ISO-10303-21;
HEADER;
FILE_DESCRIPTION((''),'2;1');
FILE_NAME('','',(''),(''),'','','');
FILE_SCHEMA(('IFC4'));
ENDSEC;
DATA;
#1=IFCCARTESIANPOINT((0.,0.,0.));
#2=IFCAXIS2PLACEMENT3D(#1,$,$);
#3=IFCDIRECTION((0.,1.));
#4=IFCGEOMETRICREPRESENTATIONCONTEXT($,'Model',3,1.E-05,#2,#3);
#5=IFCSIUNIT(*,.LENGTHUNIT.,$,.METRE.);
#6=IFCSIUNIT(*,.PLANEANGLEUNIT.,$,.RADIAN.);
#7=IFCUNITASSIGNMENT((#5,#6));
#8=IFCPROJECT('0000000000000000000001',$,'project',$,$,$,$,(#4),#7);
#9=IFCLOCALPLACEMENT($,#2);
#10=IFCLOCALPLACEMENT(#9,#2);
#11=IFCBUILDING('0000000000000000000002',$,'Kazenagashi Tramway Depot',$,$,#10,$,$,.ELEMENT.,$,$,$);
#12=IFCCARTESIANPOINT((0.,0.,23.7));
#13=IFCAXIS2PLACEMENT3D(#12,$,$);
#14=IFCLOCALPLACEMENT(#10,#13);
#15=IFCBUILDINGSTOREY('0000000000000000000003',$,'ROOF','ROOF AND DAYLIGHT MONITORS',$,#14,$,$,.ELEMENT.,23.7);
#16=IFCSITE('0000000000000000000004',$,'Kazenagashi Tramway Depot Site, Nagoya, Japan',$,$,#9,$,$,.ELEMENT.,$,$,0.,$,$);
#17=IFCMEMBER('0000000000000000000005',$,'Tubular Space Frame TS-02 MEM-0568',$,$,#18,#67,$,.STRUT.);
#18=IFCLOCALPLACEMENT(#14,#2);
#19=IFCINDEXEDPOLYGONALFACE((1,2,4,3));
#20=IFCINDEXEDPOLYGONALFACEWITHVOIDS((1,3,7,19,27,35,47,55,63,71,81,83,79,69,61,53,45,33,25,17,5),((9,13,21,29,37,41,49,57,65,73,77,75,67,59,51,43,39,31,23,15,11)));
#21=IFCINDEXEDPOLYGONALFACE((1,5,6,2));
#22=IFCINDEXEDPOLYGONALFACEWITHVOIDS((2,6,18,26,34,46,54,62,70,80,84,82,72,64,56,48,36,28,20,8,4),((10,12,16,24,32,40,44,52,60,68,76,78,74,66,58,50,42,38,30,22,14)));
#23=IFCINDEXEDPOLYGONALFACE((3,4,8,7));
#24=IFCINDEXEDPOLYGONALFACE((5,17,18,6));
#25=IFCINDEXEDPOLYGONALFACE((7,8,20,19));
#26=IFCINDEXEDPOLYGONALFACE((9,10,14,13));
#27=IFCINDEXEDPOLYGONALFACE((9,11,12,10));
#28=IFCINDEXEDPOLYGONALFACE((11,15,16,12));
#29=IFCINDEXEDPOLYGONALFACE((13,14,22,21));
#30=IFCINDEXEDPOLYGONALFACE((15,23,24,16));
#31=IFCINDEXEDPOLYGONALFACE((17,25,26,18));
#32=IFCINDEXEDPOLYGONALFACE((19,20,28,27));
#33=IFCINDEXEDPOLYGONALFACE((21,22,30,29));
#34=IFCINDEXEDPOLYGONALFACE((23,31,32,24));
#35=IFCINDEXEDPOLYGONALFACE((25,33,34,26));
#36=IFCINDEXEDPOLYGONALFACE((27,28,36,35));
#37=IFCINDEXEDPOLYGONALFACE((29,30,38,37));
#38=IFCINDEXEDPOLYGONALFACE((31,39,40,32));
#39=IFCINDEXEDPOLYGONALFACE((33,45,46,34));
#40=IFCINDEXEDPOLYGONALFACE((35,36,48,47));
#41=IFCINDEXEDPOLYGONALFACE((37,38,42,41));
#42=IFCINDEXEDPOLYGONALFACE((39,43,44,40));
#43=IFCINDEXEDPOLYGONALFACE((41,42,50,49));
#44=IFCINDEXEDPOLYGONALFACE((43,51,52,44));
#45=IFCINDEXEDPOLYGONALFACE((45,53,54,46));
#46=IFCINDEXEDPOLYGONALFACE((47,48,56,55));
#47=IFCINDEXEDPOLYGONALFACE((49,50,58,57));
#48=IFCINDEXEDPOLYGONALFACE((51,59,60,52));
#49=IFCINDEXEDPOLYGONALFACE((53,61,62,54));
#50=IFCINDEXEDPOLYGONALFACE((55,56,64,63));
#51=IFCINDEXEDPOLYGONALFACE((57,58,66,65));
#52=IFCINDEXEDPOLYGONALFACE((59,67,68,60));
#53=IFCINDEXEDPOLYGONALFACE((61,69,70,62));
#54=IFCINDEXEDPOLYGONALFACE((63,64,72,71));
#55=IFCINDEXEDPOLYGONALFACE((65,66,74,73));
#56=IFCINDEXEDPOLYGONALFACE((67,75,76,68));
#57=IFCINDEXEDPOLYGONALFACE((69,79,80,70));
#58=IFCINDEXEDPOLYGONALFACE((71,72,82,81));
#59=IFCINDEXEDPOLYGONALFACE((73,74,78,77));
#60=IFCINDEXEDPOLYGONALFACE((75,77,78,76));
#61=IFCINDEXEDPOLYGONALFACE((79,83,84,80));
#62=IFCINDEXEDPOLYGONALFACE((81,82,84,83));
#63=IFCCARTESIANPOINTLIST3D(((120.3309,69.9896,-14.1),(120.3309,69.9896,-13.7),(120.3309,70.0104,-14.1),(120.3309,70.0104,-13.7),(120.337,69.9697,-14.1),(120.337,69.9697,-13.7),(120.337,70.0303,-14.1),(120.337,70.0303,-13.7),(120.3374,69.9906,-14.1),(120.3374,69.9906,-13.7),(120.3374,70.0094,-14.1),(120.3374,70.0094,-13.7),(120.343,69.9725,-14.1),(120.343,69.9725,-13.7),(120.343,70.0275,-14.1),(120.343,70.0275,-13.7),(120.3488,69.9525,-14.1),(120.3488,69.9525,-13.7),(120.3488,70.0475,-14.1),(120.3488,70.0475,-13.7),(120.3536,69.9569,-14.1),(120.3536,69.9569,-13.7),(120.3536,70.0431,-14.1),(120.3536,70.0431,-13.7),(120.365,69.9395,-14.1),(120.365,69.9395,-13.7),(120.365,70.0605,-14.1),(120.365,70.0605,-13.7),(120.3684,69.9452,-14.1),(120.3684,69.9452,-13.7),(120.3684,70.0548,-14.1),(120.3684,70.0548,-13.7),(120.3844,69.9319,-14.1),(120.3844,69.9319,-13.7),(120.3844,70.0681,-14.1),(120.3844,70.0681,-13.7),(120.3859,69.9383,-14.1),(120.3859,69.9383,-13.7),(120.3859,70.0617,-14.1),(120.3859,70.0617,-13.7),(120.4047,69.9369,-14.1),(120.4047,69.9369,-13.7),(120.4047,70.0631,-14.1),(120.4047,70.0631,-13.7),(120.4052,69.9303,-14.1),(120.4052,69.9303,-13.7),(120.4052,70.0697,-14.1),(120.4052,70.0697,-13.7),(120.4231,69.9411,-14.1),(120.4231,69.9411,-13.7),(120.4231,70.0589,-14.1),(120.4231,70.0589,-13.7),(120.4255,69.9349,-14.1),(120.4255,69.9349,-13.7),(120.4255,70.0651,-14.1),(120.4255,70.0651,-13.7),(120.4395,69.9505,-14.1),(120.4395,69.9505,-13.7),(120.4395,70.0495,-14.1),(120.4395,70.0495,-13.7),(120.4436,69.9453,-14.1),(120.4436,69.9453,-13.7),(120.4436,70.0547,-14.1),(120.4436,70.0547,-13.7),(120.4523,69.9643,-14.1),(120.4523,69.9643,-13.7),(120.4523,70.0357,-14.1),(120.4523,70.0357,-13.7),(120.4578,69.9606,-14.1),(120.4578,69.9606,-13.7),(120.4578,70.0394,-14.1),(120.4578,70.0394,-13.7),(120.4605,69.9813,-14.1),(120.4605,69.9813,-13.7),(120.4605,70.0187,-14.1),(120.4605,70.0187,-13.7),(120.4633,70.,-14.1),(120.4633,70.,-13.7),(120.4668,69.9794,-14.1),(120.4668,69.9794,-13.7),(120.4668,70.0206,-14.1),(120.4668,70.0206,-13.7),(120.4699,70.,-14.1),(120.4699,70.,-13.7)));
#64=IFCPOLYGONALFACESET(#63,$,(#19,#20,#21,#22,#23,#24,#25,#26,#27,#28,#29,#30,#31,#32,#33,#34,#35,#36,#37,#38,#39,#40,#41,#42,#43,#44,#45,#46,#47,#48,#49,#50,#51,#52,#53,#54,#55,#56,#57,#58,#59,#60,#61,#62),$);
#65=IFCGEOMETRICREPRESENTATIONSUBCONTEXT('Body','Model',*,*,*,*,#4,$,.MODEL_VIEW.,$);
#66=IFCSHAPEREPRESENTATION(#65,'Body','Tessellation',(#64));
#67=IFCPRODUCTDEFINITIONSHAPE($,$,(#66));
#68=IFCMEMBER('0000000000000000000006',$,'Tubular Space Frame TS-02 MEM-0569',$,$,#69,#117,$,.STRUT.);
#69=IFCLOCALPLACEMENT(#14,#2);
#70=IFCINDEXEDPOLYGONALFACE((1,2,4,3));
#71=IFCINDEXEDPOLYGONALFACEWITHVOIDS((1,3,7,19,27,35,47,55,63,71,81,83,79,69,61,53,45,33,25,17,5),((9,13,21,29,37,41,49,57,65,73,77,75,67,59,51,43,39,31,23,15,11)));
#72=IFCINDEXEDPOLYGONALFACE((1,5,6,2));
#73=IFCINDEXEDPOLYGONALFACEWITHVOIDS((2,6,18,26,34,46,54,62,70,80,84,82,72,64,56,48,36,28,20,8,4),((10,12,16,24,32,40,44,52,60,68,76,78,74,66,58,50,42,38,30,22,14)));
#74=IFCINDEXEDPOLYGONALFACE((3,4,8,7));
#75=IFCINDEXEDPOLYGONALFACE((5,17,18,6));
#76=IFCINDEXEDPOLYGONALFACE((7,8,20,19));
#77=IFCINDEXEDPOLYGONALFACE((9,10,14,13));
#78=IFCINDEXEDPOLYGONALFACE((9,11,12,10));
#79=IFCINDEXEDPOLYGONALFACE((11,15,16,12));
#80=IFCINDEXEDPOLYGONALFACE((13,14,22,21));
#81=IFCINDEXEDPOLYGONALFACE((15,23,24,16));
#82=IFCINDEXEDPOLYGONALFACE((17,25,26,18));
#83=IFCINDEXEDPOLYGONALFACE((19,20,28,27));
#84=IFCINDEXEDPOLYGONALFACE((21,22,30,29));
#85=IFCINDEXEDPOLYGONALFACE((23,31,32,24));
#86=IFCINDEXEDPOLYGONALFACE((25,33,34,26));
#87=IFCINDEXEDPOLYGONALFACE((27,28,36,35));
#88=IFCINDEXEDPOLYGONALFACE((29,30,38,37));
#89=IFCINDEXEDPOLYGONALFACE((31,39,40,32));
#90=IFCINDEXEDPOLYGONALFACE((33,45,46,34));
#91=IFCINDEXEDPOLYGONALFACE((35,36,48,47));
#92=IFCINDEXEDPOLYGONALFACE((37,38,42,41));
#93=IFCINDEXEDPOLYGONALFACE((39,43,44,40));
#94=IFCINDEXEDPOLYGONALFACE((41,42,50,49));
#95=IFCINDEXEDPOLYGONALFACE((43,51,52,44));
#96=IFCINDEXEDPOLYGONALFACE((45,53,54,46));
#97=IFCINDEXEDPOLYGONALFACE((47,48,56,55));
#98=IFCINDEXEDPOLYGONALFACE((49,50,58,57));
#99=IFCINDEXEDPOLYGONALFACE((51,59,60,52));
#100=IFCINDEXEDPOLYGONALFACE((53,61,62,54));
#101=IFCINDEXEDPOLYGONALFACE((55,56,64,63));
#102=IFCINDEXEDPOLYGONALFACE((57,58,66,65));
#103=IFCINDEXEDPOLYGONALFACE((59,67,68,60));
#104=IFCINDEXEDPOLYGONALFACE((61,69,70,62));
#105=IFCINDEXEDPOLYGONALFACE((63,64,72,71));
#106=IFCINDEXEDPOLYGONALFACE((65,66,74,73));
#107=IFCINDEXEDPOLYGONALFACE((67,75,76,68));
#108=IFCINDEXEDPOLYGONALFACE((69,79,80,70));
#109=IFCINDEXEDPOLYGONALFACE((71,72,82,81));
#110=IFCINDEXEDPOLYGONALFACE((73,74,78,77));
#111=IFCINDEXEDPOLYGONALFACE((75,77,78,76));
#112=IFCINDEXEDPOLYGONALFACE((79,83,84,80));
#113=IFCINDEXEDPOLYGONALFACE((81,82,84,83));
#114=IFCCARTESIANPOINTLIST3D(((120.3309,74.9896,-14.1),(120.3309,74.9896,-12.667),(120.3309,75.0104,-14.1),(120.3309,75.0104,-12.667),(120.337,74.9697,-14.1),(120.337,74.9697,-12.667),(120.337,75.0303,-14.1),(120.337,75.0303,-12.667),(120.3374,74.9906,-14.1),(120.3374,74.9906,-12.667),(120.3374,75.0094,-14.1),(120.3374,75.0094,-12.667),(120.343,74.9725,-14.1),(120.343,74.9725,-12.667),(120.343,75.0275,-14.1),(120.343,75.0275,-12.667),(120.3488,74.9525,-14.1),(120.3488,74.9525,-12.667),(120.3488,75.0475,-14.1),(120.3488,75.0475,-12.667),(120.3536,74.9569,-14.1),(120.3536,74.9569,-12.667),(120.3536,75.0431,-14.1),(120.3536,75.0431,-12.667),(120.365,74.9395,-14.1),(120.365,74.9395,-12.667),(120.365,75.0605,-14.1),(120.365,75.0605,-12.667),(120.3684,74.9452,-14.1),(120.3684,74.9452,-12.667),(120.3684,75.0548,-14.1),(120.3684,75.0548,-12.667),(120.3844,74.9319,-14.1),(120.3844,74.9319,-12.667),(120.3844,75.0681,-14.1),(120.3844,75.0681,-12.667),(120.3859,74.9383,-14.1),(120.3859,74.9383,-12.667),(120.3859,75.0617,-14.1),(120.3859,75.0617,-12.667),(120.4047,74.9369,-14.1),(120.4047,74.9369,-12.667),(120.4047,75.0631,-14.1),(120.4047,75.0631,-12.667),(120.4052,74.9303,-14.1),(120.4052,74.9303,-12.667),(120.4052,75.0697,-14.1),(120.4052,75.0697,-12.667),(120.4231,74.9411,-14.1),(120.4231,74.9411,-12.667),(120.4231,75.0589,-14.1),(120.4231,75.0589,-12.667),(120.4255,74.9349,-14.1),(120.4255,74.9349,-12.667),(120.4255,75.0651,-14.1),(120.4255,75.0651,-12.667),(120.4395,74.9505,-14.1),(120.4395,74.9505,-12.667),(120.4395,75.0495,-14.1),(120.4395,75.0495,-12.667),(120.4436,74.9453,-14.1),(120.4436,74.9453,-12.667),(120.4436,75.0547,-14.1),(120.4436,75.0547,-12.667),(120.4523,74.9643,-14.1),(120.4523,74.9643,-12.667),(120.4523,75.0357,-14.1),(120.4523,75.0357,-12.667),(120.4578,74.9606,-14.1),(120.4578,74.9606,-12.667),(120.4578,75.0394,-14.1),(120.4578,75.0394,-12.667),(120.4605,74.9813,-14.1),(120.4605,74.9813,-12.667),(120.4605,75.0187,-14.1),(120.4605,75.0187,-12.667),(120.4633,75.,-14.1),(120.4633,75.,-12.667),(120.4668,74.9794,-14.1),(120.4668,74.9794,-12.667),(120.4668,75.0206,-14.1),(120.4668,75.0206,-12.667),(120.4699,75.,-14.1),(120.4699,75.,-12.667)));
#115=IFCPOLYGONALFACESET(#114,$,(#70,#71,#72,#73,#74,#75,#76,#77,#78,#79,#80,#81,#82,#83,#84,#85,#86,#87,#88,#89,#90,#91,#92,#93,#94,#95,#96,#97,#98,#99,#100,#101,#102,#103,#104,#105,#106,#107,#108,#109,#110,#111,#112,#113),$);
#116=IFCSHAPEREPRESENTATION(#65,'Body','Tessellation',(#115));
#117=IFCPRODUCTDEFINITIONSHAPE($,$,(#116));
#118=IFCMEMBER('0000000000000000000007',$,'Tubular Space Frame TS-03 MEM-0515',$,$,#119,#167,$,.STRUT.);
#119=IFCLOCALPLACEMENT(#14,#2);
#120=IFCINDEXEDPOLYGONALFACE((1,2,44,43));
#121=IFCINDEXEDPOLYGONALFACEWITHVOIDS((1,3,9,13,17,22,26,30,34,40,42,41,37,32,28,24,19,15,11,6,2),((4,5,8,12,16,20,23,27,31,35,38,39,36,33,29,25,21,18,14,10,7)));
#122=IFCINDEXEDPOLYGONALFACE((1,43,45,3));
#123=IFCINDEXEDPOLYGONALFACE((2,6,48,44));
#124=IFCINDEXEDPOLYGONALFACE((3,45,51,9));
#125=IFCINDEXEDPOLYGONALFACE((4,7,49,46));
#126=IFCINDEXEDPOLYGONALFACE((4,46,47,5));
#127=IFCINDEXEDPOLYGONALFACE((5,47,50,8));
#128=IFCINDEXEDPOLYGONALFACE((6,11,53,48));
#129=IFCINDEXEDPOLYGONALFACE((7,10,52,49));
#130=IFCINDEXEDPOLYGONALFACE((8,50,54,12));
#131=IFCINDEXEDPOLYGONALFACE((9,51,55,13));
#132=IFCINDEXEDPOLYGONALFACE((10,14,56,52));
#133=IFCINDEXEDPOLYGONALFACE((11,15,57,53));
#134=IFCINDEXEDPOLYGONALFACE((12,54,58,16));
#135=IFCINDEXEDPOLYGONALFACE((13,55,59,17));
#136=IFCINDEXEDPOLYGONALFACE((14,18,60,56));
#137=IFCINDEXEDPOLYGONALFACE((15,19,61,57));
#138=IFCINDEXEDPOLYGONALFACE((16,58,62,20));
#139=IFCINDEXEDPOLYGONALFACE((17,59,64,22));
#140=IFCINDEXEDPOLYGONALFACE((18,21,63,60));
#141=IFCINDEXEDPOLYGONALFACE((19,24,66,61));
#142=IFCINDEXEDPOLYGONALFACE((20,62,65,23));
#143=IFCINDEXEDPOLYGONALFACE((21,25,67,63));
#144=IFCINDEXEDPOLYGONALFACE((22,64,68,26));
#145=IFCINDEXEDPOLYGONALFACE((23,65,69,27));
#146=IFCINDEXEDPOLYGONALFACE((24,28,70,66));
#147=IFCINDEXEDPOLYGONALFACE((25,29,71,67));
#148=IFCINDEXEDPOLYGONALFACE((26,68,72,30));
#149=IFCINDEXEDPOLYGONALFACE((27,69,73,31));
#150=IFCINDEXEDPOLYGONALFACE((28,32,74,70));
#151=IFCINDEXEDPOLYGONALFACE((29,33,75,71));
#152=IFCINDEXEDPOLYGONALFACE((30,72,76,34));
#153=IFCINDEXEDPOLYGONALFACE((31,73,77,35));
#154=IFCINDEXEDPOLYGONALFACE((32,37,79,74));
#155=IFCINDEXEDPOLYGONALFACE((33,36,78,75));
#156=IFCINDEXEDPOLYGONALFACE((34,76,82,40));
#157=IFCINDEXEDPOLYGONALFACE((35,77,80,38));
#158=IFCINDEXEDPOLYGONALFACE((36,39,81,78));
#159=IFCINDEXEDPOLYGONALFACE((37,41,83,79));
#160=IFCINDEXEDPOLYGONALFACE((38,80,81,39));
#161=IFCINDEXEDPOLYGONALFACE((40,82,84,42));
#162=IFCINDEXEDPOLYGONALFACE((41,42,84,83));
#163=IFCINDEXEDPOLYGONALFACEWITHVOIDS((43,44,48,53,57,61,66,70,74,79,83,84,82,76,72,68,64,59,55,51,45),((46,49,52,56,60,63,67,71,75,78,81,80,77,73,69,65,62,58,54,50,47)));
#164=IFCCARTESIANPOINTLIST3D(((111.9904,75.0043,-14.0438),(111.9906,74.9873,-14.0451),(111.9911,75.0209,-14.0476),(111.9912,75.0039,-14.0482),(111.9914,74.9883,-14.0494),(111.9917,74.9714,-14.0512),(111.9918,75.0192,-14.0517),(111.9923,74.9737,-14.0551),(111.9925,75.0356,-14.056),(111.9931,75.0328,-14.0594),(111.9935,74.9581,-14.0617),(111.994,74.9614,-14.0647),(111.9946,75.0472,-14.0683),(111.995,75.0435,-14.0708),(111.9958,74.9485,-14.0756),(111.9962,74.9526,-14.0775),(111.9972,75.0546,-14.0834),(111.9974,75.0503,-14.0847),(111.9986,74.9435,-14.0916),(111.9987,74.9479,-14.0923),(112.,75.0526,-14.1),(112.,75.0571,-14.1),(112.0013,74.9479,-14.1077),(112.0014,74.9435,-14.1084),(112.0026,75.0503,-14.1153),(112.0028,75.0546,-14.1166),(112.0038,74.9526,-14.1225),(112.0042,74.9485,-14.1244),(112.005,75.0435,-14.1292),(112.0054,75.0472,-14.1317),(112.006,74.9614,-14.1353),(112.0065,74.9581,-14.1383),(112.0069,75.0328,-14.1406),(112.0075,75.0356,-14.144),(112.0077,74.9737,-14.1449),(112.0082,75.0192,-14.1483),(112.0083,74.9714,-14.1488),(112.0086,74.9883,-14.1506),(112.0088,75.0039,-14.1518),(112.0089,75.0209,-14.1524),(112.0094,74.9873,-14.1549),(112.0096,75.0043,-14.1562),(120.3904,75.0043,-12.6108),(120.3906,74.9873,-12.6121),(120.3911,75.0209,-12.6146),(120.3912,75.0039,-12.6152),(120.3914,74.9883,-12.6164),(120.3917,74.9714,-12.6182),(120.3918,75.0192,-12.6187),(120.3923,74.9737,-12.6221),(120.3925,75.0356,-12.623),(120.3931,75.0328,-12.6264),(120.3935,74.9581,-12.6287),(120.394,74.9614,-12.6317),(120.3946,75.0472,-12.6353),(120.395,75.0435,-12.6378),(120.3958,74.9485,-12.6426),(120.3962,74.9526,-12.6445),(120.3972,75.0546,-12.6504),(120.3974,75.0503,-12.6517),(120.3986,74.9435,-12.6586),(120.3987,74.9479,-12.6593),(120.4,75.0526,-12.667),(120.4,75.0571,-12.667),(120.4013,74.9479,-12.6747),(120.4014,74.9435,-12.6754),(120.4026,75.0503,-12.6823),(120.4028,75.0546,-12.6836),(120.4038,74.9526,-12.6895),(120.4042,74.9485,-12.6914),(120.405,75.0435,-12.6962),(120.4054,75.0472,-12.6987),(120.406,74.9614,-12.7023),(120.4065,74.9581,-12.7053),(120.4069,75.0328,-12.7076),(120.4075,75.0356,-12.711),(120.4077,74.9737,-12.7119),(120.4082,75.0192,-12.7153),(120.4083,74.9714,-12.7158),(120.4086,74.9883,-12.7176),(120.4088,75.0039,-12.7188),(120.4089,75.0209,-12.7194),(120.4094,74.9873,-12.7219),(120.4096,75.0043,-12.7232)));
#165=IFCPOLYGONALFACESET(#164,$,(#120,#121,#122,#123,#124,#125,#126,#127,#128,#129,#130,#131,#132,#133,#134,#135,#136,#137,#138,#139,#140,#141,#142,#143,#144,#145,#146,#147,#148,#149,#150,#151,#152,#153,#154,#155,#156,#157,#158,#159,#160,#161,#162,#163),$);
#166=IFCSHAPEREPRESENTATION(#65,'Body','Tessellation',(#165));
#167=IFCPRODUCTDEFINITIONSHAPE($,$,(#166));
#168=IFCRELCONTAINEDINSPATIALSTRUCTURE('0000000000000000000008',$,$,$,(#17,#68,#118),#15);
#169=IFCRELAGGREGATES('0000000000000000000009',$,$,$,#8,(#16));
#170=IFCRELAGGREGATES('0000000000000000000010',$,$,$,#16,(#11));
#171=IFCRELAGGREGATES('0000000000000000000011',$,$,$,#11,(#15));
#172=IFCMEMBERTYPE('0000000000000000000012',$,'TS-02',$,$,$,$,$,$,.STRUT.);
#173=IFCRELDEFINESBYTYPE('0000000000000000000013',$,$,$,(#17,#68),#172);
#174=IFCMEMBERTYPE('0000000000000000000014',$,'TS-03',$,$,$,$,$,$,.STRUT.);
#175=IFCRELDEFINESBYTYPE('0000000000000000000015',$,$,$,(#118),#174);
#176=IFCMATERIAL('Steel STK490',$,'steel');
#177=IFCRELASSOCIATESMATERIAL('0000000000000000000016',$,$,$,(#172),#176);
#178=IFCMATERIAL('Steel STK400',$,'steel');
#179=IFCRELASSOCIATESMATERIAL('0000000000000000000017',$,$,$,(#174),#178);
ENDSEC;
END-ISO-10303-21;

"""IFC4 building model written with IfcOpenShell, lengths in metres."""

from ifc_helpers import new_model, si_unit, direction, frame, origin, origin_2d, place, context, subcontext, project, spatial, hollow_circle, extrude, material, material_profile, profile_set, type_object, element, save


model = new_model("IFC4")

# Units and contexts
model_context = context("Model", 3, precision=1e-05, world=origin(), true_north=direction((0.0, 1.0)))
body_context = subcontext(model_context, "Body", "Model", "MODEL_VIEW")
ifc_project = project(units=[si_unit("LENGTHUNIT", "METRE"), si_unit("PLANEANGLEUNIT", "RADIAN")], contexts=[model_context])

# Site, building, storey
site_placement = place(None, origin())
site = spatial("IfcSite", under=ifc_project, at=site_placement, Name="Kazenagashi Tramway Depot Site, Nagoya, Japan", CompositionType="ELEMENT", RefElevation=0.0)
building_placement = place(site_placement, origin())
building = spatial("IfcBuilding", under=site, at=building_placement, Name="Kazenagashi Tramway Depot", CompositionType="ELEMENT")
storey_placement = place(building_placement, frame((0.0, 0.0, 23.7)))
storey = spatial("IfcBuildingStorey", under=building, at=storey_placement, Name="ROOF", Description="ROOF AND DAYLIGHT MONITORS", CompositionType="ELEMENT", Elevation=23.7)

# Members
ifc_material_1 = material(Name="Steel STK490", Category="steel")
ifc_material_profile_1 = material_profile(ifc_material_1, hollow_circle(Radius=0.0699, WallThickness=0.0066, at=origin_2d()), Name="CHS-139.8x6.6")
ifc_profile_set_1 = profile_set([ifc_material_profile_1], Name="Steel STK490")
member_type_1 = type_object("IfcMemberType", Name="TS-02", PredefinedType="STRUT", material=ifc_profile_set_1)
member_1_placement = place(storey_placement, frame((120.4, 70.0, -14.1), z_axis=(0.0, 0.0, 1.0), x_axis=(1.0, 0.0, 0.0)))
element("IfcMember", 1, at=member_1_placement, inside=storey, type_object=member_type_1, Name="Tubular Space Frame TS-02 MEM-0568", PredefinedType="STRUT", context=body_context, shape_type="SweptSolid", body=[
    extrude(hollow_circle(Radius=0.0699, WallThickness=0.0066, at=origin_2d()), origin(), (0.0, 0.0, 1.0), 0.4),
])
member_2_placement = place(storey_placement, frame((120.4, 75.0, -14.1), z_axis=(0.0, 0.0, 1.0), x_axis=(1.0, 0.0, 0.0)))
element("IfcMember", 2, at=member_2_placement, inside=storey, type_object=member_type_1, Name="Tubular Space Frame TS-02 MEM-0569", PredefinedType="STRUT", context=body_context, shape_type="SweptSolid", body=[
    extrude(hollow_circle(Radius=0.0699, WallThickness=0.0066, at=origin_2d()), origin(), (0.0, 0.0, 1.0), 1.433),
])
ifc_material_2 = material(Name="Steel STK400", Category="steel")
ifc_material_profile_2 = material_profile(ifc_material_2, hollow_circle(Radius=0.0571, WallThickness=0.0045, at=origin_2d()), Name="CHS-114.3x4.5")
ifc_profile_set_2 = profile_set([ifc_material_profile_2], Name="Steel STK400")
member_type_2 = type_object("IfcMemberType", Name="TS-03", PredefinedType="STRUT", material=ifc_profile_set_2)
for number, where, z_axis, x_axis, name in (
    (3, (112.0, 75.0, -14.1), (0.985759, 0.0, 0.168166), (0.0, 1.0, 0.0), "Tubular Space Frame TS-03 MEM-0515"),
):
    element("IfcMember", number, at=place(storey_placement, frame(where, z_axis=z_axis, x_axis=x_axis)), inside=storey, type_object=member_type_2, Name=name, PredefinedType="STRUT", context=body_context, shape_type="SweptSolid", body=[
        extrude(hollow_circle(Radius=0.0571, WallThickness=0.0045, at=origin_2d()), origin(), (0.0, 0.0, 1.0), 8.5214),
    ])

save(model, "model.ifc")
